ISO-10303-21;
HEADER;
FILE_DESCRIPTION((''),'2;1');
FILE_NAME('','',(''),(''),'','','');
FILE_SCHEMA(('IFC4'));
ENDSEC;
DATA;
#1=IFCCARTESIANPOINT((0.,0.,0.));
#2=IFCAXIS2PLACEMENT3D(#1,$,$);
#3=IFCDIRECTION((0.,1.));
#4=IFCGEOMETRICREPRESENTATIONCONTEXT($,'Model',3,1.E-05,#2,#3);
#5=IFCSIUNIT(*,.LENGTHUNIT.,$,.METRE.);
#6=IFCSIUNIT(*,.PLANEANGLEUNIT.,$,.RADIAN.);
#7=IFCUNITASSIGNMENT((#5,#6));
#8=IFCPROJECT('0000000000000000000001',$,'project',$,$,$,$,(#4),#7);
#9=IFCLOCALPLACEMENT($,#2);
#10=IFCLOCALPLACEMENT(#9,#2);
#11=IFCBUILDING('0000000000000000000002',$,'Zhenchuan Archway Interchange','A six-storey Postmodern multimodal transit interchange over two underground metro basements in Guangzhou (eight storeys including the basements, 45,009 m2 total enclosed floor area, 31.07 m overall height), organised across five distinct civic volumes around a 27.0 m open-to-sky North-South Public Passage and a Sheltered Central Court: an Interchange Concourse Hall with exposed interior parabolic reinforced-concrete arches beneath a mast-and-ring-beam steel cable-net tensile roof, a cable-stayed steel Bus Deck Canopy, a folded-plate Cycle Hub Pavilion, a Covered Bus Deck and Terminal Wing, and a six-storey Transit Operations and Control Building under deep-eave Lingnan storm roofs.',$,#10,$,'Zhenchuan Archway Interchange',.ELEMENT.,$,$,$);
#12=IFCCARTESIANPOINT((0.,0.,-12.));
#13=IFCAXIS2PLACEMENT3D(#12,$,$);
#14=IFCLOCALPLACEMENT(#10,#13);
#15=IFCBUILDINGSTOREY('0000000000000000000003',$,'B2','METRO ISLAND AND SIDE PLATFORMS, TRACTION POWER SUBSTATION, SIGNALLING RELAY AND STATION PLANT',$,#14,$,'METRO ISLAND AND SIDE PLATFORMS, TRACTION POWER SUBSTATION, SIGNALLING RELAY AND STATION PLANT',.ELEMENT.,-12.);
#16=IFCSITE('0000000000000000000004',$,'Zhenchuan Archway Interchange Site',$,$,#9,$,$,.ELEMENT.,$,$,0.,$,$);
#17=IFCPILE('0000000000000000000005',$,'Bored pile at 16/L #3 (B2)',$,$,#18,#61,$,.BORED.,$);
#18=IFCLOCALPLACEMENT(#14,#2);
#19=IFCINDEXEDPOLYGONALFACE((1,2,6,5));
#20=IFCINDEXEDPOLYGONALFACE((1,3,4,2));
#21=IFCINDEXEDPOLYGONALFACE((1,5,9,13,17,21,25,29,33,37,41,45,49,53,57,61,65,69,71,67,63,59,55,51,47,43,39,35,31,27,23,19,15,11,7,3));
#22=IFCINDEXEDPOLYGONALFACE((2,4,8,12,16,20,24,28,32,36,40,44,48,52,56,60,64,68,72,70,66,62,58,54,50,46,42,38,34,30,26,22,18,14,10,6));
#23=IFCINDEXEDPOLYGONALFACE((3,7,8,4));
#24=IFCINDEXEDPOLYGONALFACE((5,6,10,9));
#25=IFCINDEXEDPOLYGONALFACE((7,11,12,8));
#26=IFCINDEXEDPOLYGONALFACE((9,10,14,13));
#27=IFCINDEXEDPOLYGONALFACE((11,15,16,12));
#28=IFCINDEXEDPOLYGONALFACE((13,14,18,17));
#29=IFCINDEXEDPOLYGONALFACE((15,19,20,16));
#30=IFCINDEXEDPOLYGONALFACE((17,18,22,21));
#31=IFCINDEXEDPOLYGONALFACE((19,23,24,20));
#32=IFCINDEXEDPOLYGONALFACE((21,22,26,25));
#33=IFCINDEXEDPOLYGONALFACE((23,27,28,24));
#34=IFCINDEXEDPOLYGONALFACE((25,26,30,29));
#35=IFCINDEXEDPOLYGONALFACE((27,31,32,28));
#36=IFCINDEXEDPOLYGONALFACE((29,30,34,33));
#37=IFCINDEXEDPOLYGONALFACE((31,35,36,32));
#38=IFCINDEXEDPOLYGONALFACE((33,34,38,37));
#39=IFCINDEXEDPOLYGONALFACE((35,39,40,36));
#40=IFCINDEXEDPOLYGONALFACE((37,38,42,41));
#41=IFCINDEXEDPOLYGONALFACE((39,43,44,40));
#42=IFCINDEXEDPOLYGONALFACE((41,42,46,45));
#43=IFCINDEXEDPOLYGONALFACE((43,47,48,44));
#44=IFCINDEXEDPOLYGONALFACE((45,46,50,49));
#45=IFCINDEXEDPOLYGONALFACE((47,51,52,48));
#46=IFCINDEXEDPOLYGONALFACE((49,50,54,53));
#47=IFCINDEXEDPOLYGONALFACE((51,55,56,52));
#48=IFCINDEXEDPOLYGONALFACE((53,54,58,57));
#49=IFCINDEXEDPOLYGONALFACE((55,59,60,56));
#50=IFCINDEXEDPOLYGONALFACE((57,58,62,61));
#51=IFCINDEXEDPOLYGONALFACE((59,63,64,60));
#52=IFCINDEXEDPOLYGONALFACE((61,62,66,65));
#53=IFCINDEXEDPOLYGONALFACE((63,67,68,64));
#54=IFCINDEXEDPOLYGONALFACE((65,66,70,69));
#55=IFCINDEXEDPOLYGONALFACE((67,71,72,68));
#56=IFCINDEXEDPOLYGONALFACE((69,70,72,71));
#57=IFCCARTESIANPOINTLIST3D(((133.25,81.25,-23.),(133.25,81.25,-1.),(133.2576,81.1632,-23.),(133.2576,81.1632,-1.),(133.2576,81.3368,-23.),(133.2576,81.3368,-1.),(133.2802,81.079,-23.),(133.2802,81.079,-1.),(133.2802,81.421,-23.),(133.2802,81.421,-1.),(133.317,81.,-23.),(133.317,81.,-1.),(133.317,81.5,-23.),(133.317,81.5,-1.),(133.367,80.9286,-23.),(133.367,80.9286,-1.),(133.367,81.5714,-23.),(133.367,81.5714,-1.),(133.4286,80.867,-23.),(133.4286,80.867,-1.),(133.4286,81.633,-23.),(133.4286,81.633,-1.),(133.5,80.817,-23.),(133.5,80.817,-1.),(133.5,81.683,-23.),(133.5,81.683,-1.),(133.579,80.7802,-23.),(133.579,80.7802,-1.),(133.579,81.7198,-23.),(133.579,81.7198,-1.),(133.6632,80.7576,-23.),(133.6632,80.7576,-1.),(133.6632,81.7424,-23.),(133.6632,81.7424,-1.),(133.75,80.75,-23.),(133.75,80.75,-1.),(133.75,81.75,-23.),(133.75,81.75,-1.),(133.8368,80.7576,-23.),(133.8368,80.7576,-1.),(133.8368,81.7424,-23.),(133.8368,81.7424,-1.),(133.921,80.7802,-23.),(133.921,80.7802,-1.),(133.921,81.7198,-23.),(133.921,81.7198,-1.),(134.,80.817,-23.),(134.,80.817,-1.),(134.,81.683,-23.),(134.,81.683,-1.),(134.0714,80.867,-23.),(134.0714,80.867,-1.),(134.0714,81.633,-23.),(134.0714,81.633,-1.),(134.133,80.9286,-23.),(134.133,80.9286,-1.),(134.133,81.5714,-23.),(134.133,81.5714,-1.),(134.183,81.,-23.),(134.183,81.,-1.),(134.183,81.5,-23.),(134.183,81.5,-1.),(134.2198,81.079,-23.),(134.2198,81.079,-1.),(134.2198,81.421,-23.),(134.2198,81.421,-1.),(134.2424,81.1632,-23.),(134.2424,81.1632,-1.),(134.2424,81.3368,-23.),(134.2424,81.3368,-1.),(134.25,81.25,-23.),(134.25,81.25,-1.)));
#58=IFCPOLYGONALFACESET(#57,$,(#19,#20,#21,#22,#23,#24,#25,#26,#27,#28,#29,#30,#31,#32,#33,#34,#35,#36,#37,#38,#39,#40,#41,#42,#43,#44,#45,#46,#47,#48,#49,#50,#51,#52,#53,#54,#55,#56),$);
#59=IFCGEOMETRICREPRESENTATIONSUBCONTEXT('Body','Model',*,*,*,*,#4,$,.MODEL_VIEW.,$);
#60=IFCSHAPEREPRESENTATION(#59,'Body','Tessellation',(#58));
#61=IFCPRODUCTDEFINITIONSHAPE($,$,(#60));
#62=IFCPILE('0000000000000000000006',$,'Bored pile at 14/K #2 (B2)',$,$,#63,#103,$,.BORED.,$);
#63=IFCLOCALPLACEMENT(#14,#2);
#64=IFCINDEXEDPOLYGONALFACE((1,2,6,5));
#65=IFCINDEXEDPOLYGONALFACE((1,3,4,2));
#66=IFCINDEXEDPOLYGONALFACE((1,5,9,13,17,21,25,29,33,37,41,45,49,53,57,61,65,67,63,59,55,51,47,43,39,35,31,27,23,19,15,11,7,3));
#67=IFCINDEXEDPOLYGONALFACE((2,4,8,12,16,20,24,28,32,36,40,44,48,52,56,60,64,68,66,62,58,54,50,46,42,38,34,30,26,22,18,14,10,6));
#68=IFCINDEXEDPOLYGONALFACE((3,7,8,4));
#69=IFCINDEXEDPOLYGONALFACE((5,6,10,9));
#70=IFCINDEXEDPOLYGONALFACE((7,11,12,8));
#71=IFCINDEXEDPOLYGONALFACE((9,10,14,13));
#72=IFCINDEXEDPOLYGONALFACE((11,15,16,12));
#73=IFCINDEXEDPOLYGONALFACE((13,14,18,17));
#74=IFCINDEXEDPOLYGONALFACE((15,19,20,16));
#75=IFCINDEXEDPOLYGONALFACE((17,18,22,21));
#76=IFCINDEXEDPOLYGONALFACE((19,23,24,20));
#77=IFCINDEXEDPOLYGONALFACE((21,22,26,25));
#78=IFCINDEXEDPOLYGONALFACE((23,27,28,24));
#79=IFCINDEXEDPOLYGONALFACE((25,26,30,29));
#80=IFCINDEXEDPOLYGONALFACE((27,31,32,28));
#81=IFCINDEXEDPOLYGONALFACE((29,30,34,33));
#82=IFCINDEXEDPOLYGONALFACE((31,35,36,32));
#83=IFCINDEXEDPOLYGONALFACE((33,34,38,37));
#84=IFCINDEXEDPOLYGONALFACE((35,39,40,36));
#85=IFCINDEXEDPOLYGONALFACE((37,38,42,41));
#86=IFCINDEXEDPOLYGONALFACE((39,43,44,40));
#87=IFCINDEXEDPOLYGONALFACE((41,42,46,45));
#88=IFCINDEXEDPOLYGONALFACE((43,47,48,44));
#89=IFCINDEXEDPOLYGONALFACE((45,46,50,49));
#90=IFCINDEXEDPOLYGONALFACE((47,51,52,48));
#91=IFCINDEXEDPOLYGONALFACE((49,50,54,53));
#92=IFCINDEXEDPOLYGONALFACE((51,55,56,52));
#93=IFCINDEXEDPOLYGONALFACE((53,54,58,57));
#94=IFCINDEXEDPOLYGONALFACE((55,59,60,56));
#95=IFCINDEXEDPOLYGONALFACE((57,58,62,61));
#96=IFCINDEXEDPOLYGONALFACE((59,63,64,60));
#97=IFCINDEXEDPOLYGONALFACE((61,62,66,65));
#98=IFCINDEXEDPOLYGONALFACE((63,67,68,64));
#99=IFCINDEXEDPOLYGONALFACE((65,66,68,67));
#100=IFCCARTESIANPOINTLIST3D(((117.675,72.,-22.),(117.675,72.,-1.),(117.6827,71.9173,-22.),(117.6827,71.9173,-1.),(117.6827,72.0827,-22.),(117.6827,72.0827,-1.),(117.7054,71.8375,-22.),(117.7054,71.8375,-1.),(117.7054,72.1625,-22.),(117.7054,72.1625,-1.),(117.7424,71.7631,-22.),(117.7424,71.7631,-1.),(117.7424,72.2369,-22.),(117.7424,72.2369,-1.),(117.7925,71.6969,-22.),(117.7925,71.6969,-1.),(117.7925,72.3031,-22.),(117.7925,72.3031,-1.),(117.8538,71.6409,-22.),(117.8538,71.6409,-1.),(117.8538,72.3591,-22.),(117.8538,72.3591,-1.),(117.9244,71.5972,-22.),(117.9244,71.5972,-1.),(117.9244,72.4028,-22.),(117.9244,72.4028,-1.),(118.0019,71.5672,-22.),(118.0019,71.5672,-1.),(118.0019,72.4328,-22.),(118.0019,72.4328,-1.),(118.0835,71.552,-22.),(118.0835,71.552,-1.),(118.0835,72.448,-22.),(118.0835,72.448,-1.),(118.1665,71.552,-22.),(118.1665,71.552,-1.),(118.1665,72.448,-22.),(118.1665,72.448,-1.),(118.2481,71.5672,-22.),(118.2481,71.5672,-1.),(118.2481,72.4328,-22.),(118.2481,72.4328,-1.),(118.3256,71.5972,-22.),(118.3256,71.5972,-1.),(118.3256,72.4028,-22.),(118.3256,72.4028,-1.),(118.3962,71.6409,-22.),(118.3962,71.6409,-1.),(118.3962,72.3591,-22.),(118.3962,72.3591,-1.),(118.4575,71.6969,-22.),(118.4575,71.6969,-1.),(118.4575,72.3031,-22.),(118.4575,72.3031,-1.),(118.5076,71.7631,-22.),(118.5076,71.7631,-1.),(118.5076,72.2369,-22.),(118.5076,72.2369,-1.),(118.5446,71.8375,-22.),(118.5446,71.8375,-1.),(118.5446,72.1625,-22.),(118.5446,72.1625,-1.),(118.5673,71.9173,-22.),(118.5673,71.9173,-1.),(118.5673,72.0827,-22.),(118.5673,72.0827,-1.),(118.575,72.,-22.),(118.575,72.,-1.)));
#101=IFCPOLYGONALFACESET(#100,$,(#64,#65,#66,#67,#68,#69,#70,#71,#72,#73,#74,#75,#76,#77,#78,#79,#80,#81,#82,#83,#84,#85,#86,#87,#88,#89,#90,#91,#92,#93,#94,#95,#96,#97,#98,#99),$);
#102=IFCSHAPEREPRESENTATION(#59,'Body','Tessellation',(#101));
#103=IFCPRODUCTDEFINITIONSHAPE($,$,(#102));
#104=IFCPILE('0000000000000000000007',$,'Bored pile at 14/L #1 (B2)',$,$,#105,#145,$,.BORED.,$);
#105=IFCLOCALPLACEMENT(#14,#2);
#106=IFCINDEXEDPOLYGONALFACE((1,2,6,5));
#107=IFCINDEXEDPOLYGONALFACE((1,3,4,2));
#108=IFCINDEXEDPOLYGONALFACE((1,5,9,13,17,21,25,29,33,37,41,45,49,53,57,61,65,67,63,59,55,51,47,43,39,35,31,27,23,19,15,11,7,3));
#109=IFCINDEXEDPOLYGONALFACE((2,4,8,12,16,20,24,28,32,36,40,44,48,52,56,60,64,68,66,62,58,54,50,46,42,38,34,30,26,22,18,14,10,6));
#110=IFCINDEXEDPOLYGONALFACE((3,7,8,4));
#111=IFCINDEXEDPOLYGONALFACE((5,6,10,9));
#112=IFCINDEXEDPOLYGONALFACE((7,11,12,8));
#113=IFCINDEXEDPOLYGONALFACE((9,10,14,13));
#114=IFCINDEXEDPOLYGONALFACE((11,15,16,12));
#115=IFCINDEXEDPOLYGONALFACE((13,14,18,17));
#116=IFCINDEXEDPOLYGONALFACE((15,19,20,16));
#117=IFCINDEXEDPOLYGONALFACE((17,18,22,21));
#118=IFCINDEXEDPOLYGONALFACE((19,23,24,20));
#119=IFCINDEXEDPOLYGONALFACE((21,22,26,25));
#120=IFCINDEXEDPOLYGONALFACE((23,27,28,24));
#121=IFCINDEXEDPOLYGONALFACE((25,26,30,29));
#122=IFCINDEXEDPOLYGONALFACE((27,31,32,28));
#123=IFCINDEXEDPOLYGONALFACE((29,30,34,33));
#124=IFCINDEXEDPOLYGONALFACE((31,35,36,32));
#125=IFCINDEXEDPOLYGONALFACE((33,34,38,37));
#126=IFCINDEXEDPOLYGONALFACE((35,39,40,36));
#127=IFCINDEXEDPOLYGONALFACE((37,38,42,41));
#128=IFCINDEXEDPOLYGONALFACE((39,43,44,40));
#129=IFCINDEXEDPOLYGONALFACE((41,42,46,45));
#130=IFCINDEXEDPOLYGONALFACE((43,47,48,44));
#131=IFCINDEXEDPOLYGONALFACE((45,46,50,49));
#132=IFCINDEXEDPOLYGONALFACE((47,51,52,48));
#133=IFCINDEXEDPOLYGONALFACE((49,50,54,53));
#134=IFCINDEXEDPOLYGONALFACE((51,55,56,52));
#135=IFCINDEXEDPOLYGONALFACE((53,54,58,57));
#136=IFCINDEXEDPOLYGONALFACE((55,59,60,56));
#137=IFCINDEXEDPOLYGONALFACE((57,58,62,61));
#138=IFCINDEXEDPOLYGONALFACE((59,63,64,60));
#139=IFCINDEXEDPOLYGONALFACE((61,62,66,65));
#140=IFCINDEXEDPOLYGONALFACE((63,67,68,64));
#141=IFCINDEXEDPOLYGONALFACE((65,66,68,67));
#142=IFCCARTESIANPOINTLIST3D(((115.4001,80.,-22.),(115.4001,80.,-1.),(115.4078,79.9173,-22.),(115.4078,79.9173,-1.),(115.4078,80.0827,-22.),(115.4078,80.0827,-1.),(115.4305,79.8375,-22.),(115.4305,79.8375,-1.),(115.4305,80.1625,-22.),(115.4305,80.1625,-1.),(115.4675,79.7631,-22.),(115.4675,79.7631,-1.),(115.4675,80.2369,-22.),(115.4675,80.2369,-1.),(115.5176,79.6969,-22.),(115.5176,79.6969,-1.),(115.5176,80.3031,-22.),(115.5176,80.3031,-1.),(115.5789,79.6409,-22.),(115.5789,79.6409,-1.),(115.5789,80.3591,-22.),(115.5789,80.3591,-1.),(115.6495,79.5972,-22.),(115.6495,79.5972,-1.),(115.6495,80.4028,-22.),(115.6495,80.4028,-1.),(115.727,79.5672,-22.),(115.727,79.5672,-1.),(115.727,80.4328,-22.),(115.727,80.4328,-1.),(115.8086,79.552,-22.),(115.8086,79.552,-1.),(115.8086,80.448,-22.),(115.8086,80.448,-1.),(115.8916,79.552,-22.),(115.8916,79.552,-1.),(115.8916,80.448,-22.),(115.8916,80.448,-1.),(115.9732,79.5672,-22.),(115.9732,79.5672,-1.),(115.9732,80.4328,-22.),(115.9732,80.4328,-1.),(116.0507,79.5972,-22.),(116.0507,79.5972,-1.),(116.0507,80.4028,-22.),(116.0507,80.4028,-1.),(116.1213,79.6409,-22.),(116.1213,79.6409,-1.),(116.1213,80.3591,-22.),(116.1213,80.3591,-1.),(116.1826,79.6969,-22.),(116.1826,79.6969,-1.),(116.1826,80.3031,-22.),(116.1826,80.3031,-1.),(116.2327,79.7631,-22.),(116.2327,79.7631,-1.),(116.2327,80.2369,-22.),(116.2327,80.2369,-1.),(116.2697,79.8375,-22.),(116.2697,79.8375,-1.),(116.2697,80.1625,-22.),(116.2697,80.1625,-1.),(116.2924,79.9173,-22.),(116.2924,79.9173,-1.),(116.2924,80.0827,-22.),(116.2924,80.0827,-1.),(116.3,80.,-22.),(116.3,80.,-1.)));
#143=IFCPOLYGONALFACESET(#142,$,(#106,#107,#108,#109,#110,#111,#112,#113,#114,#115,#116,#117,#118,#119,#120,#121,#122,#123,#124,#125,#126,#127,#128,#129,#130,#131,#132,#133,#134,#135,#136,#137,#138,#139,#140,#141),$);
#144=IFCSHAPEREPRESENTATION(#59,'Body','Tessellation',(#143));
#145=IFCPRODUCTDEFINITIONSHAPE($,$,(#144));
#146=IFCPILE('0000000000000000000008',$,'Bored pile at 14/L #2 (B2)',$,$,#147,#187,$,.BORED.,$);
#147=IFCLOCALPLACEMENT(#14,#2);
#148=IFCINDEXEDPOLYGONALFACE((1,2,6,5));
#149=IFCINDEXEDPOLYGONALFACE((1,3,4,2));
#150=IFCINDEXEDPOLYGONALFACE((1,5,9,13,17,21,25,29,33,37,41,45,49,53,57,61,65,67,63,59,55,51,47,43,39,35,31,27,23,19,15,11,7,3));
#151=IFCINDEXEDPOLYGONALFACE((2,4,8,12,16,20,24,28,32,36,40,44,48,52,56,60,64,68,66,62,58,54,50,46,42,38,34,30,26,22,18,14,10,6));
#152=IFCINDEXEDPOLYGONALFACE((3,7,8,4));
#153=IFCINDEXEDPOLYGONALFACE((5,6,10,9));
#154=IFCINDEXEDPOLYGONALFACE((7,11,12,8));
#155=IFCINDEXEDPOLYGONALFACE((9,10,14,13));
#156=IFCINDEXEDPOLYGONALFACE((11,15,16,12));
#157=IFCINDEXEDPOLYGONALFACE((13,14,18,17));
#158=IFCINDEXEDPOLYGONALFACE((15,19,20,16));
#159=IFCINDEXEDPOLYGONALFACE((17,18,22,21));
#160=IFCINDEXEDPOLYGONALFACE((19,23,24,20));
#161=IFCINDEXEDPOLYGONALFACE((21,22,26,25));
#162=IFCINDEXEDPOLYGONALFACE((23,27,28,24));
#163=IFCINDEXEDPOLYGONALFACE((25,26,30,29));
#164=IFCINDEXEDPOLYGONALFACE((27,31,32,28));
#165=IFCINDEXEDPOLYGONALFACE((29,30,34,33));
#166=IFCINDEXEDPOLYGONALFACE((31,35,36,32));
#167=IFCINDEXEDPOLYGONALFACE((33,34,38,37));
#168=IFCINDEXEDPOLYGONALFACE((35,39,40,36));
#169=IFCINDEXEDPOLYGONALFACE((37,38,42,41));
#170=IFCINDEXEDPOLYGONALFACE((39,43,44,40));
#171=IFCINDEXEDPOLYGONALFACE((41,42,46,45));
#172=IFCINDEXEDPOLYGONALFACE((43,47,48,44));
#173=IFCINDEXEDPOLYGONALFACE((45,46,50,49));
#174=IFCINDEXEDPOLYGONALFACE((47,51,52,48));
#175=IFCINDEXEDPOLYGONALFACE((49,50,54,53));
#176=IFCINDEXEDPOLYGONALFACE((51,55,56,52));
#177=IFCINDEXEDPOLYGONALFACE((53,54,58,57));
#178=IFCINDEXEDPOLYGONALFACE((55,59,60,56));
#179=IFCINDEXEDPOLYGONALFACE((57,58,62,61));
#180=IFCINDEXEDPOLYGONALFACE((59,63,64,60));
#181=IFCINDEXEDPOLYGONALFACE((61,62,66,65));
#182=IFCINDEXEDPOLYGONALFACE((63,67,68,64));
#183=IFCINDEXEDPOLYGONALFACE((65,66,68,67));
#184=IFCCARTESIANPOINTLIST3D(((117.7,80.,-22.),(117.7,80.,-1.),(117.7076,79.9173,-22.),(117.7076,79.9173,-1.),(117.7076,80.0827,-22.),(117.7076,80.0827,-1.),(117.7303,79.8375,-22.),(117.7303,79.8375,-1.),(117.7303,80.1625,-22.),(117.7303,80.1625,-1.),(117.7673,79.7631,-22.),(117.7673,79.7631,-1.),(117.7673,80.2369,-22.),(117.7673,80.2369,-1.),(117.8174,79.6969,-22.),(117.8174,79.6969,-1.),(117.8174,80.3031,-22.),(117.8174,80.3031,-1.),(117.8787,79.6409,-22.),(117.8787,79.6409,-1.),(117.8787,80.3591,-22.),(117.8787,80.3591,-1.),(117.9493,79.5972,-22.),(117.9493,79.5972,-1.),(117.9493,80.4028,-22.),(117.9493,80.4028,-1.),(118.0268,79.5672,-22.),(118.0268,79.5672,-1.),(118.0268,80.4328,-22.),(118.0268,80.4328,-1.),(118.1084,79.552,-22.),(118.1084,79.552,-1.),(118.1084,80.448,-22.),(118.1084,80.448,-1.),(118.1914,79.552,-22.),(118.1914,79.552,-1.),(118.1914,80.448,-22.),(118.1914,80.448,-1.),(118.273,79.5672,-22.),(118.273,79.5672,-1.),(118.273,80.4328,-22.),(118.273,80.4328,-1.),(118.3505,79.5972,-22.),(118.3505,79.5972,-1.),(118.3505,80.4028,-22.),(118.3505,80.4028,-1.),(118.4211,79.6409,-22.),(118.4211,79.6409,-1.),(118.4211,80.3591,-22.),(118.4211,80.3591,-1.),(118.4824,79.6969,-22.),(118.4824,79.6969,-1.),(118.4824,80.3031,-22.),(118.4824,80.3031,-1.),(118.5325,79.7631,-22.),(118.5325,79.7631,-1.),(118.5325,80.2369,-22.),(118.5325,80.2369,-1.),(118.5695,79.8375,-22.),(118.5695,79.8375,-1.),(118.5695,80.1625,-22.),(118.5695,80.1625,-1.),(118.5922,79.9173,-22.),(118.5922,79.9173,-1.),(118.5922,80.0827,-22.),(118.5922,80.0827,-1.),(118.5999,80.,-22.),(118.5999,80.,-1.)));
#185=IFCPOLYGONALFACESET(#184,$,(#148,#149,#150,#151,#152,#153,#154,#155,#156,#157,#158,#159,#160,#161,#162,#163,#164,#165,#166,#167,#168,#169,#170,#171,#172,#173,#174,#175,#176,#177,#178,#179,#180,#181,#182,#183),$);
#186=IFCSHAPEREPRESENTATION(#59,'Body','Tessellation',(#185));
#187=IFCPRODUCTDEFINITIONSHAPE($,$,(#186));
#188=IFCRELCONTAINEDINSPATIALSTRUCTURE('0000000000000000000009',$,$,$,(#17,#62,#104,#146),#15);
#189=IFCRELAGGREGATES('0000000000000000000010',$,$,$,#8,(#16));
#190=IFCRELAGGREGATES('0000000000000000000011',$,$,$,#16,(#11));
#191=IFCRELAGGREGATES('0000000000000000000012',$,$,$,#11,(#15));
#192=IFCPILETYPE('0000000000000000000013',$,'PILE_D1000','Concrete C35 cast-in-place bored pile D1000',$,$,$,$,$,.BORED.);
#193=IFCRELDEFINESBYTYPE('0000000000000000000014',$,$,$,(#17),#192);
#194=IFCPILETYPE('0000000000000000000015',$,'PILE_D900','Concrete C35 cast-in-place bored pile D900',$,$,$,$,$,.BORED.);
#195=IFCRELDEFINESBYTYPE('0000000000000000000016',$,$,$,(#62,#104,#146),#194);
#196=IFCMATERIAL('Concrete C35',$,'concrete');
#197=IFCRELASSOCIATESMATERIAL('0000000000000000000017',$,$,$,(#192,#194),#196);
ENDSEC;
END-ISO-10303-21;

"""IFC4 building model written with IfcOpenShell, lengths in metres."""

from ifc_helpers import new_model, si_unit, direction, frame, origin, origin_2d, place, context, subcontext, project, spatial, circle, extrude, material, material_profile, profile_set, type_object, element, save


model = new_model("IFC4")

# Units and contexts
model_context = context("Model", 3, precision=1e-05, world=origin(), true_north=direction((0.0, 1.0)))
body_context = subcontext(model_context, "Body", "Model", "MODEL_VIEW")
ifc_project = project(units=[si_unit("LENGTHUNIT", "METRE"), si_unit("PLANEANGLEUNIT", "RADIAN")], contexts=[model_context])

# Site, building, storey
site_placement = place(None, origin())
site = spatial("IfcSite", under=ifc_project, at=site_placement, Name="Zhenchuan Archway Interchange Site", CompositionType="ELEMENT", RefElevation=0.0)
building_placement = place(site_placement, origin())
building = spatial("IfcBuilding", under=site, at=building_placement, Name="Zhenchuan Archway Interchange", Description="A six-storey Postmodern multimodal transit interchange over two underground metro basements in Guangzhou (eight storeys including the basements, 45,009 m2 total enclosed floor area, 31.07 m overall height), organised across five distinct civic volumes around a 27.0 m open-to-sky North-South Public Passage and a Sheltered Central Court: an Interchange Concourse Hall with exposed interior parabolic reinforced-concrete arches beneath a mast-and-ring-beam steel cable-net tensile roof, a cable-stayed steel Bus Deck Canopy, a folded-plate Cycle Hub Pavilion, a Covered Bus Deck and Terminal Wing, and a six-storey Transit Operations and Control Building under deep-eave Lingnan storm roofs.", LongName="Zhenchuan Archway Interchange", CompositionType="ELEMENT")
storey_placement = place(building_placement, frame((0.0, 0.0, -12.0)))
storey = spatial("IfcBuildingStorey", under=building, at=storey_placement, Name="B2", Description="METRO ISLAND AND SIDE PLATFORMS, TRACTION POWER SUBSTATION, SIGNALLING RELAY AND STATION PLANT", LongName="METRO ISLAND AND SIDE PLATFORMS, TRACTION POWER SUBSTATION, SIGNALLING RELAY AND STATION PLANT", CompositionType="ELEMENT", Elevation=-12.0)

# Piles
ifc_material_1 = material(Name="Concrete C35", Category="concrete")
ifc_material_profile_1 = material_profile(ifc_material_1, circle(Radius=0.5, at=origin_2d()), Name="BORED PILE 1000")
ifc_profile_set_1 = profile_set([ifc_material_profile_1], Name="Concrete C35")
pile_type_1 = type_object("IfcPileType", Name="PILE_D1000", Description="Concrete C35 cast-in-place bored pile D1000", PredefinedType="BORED", material=ifc_profile_set_1)
for number, where, z_axis, x_axis, name in (
    (1, (133.75, 81.25, -1.0), (0.0, 0.0, -1.0), (1.0, 0.0, 0.0), "Bored pile at 16/L #3 (B2)"),
):
    element("IfcPile", number, at=place(storey_placement, frame(where, z_axis=z_axis, x_axis=x_axis)), inside=storey, type_object=pile_type_1, Name=name, PredefinedType="BORED", context=body_context, shape_type="SweptSolid", body=[
        extrude(circle(Radius=0.5, at=origin_2d()), origin(), (0.0, 0.0, 1.0), 22.0),
    ])
ifc_material_profile_2 = material_profile(ifc_material_1, circle(Radius=0.45, at=origin_2d()), Name="BORED PILE 900")
ifc_profile_set_2 = profile_set([ifc_material_profile_2], Name="Concrete C35")
pile_type_2 = type_object("IfcPileType", Name="PILE_D900", Description="Concrete C35 cast-in-place bored pile D900", PredefinedType="BORED", material=ifc_profile_set_2)
for number, where, z_axis, x_axis, name in (
    (2, (118.125, 72.0, -1.0), (0.0, 0.0, -1.0), (1.0, 0.0, 0.0), "Bored pile at 14/K #2 (B2)"),
    (3, (115.8501, 80.0, -1.0), (0.0, 0.0, -1.0), (1.0, 0.0, 0.0), "Bored pile at 14/L #1 (B2)"),
    (4, (118.1499, 80.0, -1.0), (0.0, 0.0, -1.0), (1.0, 0.0, 0.0), "Bored pile at 14/L #2 (B2)"),
):
    element("IfcPile", number, at=place(storey_placement, frame(where, z_axis=z_axis, x_axis=x_axis)), inside=storey, type_object=pile_type_2, Name=name, PredefinedType="BORED", context=body_context, shape_type="SweptSolid", body=[
        extrude(circle(Radius=0.45, at=origin_2d()), origin(), (0.0, 0.0, 1.0), 21.0),
    ])

save(model, "model.ifc")
